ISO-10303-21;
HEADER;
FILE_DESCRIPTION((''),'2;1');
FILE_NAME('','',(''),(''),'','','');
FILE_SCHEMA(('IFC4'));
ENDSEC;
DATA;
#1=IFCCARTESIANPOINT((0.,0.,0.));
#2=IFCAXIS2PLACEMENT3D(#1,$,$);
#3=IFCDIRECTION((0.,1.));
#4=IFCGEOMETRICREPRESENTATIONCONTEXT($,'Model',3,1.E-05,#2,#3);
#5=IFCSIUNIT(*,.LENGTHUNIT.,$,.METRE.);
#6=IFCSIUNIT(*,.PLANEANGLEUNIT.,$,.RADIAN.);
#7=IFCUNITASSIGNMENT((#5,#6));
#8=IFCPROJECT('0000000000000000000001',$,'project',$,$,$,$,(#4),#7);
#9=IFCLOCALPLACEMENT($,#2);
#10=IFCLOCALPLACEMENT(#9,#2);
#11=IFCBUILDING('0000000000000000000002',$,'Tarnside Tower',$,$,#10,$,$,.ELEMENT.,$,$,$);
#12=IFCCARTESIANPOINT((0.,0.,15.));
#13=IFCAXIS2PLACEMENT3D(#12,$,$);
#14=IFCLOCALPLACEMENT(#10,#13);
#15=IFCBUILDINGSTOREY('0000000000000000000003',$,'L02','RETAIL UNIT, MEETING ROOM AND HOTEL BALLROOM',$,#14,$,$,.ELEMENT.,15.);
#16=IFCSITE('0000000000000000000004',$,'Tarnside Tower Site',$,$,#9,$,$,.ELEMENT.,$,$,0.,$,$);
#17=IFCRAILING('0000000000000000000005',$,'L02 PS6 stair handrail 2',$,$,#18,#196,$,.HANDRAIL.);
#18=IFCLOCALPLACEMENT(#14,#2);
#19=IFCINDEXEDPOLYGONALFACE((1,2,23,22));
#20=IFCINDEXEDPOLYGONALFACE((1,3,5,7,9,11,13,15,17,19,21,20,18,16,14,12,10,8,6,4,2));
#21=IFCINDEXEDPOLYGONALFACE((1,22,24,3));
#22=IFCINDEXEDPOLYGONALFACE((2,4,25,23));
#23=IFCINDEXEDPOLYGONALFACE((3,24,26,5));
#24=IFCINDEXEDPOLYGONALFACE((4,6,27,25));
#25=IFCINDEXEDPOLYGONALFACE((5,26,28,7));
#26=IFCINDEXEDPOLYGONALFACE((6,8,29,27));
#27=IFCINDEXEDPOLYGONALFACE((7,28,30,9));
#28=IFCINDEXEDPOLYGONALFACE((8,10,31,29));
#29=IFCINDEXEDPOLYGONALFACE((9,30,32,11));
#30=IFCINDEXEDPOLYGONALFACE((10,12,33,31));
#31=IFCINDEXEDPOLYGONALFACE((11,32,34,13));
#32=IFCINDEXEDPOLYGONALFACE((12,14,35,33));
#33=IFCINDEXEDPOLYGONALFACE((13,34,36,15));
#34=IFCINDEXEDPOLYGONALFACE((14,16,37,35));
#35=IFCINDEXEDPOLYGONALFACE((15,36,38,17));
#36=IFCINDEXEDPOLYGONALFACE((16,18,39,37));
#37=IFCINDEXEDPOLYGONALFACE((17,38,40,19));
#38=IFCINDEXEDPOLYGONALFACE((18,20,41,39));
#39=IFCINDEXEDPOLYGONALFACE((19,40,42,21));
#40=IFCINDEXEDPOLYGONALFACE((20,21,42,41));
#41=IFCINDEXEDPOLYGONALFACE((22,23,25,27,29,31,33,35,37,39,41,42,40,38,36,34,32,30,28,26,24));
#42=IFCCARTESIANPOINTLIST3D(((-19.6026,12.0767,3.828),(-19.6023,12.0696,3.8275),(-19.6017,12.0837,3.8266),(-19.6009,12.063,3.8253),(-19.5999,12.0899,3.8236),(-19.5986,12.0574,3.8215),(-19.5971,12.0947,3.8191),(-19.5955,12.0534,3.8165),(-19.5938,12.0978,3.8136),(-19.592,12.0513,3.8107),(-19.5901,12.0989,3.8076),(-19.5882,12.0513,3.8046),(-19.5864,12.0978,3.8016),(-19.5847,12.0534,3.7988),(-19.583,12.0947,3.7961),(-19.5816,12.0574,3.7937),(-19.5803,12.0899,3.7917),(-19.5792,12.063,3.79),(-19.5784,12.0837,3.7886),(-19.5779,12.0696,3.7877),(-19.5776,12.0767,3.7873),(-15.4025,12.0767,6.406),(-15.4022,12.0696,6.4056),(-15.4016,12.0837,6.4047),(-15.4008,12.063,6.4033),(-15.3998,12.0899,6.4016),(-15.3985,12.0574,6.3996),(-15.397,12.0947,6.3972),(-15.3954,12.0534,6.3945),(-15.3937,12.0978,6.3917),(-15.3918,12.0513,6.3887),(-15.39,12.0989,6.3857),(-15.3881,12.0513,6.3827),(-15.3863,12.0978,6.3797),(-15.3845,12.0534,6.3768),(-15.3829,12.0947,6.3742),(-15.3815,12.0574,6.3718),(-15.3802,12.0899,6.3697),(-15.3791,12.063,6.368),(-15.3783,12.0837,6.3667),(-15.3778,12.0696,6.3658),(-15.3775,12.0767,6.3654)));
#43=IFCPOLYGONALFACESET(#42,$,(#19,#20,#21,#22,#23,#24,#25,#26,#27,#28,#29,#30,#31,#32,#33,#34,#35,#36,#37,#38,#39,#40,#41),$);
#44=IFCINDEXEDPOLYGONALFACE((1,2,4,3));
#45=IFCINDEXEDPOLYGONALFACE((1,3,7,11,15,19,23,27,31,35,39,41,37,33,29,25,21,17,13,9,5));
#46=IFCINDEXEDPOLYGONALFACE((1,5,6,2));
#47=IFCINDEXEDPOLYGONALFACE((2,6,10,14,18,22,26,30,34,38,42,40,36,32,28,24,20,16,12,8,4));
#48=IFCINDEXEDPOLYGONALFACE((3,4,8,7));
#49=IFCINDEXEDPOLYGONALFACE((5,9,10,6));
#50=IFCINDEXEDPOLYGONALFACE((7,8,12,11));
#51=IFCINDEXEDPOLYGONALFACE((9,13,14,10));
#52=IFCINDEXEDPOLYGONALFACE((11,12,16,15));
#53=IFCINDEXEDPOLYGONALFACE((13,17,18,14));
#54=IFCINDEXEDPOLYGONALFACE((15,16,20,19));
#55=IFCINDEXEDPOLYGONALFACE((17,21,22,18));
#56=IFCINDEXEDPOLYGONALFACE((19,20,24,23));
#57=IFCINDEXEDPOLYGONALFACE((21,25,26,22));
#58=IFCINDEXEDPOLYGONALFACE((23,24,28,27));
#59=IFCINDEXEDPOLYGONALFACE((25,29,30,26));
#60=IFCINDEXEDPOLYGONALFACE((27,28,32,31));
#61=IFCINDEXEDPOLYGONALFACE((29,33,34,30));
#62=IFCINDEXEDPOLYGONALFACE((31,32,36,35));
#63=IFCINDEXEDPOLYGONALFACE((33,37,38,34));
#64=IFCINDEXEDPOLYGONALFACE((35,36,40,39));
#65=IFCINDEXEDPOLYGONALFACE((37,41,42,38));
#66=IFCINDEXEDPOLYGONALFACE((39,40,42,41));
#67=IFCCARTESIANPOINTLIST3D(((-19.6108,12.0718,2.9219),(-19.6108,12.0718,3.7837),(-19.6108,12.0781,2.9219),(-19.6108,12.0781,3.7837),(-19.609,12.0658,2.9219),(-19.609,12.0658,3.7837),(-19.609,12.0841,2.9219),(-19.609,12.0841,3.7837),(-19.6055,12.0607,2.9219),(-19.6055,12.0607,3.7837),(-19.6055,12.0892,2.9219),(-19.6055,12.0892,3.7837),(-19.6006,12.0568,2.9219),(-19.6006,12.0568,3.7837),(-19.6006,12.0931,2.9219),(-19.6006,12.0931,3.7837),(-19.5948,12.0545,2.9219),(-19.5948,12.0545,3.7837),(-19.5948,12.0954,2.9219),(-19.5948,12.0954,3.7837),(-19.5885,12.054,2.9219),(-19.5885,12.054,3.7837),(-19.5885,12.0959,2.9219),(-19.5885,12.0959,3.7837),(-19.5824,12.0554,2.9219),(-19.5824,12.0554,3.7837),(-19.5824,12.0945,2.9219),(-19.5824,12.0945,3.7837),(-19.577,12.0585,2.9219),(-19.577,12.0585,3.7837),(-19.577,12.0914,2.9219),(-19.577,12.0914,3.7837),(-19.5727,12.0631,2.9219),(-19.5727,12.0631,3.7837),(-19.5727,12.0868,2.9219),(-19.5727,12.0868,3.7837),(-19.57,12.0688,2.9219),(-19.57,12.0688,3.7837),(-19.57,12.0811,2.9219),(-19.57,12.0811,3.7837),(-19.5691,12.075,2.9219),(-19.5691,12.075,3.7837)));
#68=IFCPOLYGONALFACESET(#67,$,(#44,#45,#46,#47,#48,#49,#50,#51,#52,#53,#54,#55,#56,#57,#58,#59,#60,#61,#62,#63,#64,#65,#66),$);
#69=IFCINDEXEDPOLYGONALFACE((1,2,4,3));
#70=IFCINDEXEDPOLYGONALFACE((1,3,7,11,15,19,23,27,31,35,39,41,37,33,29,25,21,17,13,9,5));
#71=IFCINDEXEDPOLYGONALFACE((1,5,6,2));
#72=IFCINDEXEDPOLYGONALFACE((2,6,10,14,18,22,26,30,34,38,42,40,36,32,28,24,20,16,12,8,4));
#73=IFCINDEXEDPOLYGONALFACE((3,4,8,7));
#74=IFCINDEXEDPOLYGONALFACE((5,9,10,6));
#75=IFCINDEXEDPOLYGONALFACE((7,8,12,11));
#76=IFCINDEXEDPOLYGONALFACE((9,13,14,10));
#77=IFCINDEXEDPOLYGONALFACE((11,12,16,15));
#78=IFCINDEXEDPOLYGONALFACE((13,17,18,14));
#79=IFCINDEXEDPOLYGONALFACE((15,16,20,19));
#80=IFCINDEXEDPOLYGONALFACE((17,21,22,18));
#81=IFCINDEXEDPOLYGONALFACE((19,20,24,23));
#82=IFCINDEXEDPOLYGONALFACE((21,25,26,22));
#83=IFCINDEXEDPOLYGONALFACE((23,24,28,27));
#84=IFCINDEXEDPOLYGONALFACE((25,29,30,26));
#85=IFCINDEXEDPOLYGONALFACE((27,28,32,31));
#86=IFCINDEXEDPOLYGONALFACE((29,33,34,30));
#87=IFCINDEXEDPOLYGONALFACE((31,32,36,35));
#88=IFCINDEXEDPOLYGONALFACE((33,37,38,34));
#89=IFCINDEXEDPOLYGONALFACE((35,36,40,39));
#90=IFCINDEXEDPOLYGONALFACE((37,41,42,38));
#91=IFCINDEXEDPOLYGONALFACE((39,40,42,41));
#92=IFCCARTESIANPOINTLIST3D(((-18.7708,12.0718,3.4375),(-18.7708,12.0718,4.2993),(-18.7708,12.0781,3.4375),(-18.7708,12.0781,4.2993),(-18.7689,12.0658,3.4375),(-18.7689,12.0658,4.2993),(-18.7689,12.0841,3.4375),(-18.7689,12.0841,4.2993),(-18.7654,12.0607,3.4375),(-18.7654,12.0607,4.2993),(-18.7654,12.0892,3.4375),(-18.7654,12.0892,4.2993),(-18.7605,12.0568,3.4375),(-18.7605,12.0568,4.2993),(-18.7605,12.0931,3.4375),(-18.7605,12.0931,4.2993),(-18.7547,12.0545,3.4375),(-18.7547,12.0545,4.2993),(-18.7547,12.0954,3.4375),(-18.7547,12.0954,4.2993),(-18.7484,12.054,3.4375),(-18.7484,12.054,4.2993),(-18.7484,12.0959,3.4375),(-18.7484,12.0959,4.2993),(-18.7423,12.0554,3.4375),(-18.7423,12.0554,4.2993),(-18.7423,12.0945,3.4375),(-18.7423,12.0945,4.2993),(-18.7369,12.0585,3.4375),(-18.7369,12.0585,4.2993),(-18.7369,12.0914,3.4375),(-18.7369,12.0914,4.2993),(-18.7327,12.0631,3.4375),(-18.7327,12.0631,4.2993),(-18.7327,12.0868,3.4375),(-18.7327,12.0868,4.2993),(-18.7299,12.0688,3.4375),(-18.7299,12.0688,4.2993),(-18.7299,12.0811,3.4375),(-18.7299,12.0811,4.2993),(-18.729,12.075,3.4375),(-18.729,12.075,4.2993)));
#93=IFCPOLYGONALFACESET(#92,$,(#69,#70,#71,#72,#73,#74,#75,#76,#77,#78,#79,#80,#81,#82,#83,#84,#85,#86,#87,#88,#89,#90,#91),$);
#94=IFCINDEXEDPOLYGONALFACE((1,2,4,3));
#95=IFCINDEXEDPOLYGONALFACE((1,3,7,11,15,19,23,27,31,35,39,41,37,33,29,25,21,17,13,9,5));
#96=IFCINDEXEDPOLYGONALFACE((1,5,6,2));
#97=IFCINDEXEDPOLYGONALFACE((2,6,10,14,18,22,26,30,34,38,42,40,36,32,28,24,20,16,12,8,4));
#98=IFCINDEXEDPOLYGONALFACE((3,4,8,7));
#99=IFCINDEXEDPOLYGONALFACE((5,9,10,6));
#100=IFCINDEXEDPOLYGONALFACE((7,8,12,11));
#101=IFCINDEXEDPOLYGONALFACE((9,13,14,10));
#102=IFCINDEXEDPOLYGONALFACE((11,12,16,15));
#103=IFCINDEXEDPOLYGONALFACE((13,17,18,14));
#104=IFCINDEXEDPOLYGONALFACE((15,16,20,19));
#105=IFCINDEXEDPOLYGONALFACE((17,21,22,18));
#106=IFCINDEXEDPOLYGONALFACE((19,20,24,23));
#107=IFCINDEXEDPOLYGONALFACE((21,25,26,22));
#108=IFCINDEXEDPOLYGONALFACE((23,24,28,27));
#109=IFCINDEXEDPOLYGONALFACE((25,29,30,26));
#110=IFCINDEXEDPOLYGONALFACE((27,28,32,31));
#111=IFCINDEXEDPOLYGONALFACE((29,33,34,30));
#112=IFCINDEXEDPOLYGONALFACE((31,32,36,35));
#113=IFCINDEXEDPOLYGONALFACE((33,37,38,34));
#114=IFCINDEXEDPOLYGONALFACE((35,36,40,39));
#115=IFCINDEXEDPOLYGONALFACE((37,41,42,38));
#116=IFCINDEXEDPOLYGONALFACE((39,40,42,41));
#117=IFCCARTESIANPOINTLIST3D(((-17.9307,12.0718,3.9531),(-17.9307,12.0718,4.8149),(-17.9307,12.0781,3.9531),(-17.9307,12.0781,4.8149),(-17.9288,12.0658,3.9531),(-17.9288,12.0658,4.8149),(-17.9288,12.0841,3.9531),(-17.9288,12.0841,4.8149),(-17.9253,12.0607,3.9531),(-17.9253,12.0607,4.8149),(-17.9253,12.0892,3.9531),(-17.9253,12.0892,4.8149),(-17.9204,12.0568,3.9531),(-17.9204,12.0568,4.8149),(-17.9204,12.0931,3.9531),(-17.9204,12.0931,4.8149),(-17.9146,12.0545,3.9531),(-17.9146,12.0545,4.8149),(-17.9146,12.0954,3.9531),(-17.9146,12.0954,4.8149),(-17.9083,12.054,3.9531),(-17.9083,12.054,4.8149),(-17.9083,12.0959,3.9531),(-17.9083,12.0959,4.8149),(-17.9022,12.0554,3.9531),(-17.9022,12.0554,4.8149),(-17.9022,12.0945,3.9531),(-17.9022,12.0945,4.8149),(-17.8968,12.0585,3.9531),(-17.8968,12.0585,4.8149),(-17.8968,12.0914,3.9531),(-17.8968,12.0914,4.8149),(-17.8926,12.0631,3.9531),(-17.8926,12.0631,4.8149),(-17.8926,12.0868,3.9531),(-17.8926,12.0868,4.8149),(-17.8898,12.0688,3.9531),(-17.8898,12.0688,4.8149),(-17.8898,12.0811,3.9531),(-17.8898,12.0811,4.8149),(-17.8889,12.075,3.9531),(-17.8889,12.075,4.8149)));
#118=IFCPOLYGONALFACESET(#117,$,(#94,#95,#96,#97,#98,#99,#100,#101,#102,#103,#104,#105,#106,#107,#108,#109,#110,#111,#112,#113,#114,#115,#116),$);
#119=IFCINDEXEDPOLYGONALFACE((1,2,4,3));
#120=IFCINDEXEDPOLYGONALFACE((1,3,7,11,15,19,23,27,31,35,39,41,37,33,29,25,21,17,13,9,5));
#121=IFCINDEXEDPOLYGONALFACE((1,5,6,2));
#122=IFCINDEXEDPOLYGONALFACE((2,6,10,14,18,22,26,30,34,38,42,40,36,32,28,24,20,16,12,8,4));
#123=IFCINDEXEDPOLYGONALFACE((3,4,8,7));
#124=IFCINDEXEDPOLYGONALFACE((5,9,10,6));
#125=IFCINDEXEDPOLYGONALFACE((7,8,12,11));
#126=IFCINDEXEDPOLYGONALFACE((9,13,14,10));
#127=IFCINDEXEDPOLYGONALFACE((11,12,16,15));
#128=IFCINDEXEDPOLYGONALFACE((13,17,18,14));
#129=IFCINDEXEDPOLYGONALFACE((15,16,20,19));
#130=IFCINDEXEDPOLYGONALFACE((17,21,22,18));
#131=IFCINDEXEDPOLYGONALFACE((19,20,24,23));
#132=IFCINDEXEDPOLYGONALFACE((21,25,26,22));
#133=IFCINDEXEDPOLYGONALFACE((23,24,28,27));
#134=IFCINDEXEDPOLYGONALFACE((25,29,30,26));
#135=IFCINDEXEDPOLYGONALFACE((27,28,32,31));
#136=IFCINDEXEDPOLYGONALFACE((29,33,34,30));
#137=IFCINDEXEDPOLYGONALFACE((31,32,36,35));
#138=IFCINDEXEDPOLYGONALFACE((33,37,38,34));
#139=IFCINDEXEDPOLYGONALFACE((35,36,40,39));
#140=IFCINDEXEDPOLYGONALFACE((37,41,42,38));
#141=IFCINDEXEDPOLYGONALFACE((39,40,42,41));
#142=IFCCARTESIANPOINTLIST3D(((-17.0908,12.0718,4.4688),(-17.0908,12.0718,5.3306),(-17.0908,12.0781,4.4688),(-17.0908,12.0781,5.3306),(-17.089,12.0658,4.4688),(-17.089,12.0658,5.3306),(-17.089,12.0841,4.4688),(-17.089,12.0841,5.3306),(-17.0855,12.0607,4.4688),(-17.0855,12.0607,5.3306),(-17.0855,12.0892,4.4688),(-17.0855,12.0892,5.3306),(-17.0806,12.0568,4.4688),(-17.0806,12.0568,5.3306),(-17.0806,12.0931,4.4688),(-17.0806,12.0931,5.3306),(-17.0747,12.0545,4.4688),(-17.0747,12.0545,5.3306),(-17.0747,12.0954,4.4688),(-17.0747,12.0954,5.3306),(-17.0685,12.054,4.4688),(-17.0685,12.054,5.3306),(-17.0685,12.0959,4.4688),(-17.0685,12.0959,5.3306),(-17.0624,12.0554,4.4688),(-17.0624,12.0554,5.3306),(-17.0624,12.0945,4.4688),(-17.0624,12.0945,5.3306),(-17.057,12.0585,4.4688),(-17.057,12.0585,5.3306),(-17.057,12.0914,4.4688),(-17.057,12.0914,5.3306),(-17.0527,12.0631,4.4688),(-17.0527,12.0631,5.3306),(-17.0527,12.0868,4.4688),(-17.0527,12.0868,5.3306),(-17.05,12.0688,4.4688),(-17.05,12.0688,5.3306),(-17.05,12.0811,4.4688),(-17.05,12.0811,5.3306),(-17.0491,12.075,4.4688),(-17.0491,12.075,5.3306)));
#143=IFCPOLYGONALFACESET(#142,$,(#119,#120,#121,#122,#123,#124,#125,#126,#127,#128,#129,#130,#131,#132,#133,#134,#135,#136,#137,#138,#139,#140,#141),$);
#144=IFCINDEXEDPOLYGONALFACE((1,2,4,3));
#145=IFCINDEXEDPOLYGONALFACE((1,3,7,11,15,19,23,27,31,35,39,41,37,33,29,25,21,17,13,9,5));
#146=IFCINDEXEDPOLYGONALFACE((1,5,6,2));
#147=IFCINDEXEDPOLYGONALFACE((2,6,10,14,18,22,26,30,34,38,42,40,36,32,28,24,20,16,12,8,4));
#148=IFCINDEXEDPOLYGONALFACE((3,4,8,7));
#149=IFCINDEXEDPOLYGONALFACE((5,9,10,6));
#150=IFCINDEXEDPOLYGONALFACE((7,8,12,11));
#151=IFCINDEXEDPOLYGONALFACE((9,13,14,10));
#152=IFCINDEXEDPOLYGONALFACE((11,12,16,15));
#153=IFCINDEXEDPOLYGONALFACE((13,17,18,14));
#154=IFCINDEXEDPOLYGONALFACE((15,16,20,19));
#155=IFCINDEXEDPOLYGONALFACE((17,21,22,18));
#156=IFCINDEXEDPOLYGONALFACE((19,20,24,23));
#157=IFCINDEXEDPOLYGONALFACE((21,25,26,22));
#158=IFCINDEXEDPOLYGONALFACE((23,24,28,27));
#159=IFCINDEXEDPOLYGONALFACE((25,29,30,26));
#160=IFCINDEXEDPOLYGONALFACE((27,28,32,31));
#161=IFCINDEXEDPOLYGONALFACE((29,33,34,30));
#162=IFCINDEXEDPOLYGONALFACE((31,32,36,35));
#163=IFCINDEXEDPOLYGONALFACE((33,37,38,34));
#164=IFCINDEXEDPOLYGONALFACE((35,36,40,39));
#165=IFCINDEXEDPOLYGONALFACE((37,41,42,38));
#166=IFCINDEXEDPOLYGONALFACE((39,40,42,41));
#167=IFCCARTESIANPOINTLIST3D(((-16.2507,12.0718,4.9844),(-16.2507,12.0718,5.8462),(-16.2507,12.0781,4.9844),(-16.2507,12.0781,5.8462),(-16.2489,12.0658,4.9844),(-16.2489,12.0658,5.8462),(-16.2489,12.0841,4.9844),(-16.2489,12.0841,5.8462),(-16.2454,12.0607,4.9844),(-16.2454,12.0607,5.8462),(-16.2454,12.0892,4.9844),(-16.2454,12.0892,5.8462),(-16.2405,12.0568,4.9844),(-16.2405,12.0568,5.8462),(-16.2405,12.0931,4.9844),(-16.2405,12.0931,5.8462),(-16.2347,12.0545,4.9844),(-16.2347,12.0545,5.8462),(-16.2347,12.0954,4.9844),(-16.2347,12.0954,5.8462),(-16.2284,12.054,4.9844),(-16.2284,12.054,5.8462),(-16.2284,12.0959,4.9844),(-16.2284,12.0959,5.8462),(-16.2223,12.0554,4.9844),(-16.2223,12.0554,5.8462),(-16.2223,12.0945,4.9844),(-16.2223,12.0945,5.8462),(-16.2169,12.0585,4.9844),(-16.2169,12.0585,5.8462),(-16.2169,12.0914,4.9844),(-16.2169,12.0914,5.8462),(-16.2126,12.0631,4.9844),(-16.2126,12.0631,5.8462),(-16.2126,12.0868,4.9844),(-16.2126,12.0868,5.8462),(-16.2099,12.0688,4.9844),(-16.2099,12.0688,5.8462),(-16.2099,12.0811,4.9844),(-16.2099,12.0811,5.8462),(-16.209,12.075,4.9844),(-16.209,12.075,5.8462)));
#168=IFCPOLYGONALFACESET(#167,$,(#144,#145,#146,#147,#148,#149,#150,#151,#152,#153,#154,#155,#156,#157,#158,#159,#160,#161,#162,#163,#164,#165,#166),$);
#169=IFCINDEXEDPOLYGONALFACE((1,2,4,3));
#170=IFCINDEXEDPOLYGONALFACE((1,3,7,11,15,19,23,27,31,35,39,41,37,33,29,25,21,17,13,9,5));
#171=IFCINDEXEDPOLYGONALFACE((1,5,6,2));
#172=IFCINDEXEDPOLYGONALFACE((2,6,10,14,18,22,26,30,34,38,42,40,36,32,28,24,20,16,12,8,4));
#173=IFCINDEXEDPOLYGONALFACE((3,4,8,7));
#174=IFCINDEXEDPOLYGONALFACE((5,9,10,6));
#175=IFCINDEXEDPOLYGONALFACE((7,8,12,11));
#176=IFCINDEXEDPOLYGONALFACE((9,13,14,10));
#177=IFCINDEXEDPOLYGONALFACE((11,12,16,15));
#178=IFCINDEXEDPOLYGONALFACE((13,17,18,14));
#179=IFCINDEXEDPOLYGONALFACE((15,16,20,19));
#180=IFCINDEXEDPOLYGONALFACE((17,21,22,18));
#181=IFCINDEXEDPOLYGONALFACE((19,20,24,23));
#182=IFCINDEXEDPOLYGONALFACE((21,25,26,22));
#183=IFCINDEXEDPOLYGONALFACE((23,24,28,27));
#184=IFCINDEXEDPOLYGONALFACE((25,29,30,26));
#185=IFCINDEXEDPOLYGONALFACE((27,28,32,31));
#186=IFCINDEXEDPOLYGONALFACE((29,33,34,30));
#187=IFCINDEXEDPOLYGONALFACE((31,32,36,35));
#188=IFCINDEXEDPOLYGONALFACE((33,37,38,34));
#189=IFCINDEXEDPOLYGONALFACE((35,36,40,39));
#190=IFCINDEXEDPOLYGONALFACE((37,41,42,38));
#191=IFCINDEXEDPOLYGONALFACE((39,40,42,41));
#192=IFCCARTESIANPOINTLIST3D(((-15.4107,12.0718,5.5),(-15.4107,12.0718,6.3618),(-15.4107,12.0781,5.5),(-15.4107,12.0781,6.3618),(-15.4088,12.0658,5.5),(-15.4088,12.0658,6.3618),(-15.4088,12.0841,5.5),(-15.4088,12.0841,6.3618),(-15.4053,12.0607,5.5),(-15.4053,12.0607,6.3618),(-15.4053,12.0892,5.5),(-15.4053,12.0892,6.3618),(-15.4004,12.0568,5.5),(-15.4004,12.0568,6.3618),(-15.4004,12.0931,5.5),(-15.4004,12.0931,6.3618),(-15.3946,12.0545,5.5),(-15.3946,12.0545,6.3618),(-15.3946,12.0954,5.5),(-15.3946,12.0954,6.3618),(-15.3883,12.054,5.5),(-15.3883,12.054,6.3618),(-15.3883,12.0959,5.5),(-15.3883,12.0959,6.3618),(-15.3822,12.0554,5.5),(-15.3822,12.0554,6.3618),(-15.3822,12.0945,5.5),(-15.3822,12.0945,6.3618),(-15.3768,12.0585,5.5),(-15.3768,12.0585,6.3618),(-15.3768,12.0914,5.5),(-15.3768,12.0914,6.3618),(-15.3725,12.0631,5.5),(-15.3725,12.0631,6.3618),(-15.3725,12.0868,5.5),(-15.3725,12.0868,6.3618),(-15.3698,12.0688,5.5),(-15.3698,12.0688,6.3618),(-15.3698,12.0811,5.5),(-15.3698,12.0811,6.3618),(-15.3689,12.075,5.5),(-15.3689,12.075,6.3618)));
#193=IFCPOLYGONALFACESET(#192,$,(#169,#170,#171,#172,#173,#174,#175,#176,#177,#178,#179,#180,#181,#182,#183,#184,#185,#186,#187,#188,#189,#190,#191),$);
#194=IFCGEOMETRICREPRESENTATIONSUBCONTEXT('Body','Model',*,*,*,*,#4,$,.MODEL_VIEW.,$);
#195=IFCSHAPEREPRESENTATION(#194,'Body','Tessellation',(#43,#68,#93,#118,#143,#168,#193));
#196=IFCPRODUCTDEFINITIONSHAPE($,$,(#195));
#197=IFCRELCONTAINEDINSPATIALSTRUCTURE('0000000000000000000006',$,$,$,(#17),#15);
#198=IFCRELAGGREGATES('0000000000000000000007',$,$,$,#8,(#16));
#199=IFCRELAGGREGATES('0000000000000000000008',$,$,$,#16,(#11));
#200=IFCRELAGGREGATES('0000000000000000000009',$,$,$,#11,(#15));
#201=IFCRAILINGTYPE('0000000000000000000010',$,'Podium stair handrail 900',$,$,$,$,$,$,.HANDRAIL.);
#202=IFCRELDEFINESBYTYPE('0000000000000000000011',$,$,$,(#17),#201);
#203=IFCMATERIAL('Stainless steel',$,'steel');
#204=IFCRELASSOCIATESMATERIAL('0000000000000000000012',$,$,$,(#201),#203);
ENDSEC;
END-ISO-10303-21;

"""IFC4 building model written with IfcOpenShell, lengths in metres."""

from ifc_helpers import new_model, si_unit, direction, frame, origin, origin_2d, place, context, subcontext, project, spatial, circle, extrude, material, type_object, element, save


model = new_model("IFC4")

# Units and contexts
model_context = context("Model", 3, precision=1e-05, world=origin(), true_north=direction((0.0, 1.0)))
body_context = subcontext(model_context, "Body", "Model", "MODEL_VIEW")
ifc_project = project(units=[si_unit("LENGTHUNIT", "METRE"), si_unit("PLANEANGLEUNIT", "RADIAN")], contexts=[model_context])

# Site, building, storey
site_placement = place(None, origin())
site = spatial("IfcSite", under=ifc_project, at=site_placement, Name="Tarnside Tower Site", CompositionType="ELEMENT", RefElevation=0.0)
building_placement = place(site_placement, origin())
building = spatial("IfcBuilding", under=site, at=building_placement, Name="Tarnside Tower", CompositionType="ELEMENT")
storey_placement = place(building_placement, frame((0.0, 0.0, 15.0)))
storey = spatial("IfcBuildingStorey", under=building, at=storey_placement, Name="L02", Description="RETAIL UNIT, MEETING ROOM AND HOTEL BALLROOM", CompositionType="ELEMENT", Elevation=15.0)

# Railing
ifc_material_1 = material(Name="Stainless steel", Category="steel")
railing_type_1 = type_object("IfcRailingType", Name="Podium stair handrail 900", PredefinedType="HANDRAIL", material=ifc_material_1)
railing_1_placement = place(storey_placement, frame((-19.5901, 12.075, 2.9219)))
element("IfcRailing", 1, at=railing_1_placement, inside=storey, type_object=railing_type_1, Name="L02 PS6 stair handrail 2", PredefinedType="HANDRAIL", context=body_context, shape_type="SweptSolid", body=[
    extrude(circle(Radius=0.0239, at=origin_2d()), frame((0.0, 0.0, 0.8857), z_axis=(0.852256, 0.0, 0.523124), x_axis=(0.0, 1.0, 0.0)), (0.0, 0.0, 1.0), 4.9282),
    extrude(circle(Radius=0.021, at=origin_2d()), origin(), (0.0, 0.0, 1.0), 0.8618),
    extrude(circle(Radius=0.021, at=origin_2d()), frame((0.8401, 0.0, 0.5156)), (0.0, 0.0, 1.0), 0.8618),
    extrude(circle(Radius=0.021, at=origin_2d()), frame((1.6802, 0.0, 1.0312)), (0.0, 0.0, 1.0), 0.8618),
    extrude(circle(Radius=0.021, at=origin_2d()), frame((2.52, 0.0, 1.5469)), (0.0, 0.0, 1.0), 0.8618),
    extrude(circle(Radius=0.021, at=origin_2d()), frame((3.3601, 0.0, 2.0625)), (0.0, 0.0, 1.0), 0.8618),
    extrude(circle(Radius=0.021, at=origin_2d()), frame((4.2002, 0.0, 2.5781)), (0.0, 0.0, 1.0), 0.8618),
])

save(model, "model.ifc")
